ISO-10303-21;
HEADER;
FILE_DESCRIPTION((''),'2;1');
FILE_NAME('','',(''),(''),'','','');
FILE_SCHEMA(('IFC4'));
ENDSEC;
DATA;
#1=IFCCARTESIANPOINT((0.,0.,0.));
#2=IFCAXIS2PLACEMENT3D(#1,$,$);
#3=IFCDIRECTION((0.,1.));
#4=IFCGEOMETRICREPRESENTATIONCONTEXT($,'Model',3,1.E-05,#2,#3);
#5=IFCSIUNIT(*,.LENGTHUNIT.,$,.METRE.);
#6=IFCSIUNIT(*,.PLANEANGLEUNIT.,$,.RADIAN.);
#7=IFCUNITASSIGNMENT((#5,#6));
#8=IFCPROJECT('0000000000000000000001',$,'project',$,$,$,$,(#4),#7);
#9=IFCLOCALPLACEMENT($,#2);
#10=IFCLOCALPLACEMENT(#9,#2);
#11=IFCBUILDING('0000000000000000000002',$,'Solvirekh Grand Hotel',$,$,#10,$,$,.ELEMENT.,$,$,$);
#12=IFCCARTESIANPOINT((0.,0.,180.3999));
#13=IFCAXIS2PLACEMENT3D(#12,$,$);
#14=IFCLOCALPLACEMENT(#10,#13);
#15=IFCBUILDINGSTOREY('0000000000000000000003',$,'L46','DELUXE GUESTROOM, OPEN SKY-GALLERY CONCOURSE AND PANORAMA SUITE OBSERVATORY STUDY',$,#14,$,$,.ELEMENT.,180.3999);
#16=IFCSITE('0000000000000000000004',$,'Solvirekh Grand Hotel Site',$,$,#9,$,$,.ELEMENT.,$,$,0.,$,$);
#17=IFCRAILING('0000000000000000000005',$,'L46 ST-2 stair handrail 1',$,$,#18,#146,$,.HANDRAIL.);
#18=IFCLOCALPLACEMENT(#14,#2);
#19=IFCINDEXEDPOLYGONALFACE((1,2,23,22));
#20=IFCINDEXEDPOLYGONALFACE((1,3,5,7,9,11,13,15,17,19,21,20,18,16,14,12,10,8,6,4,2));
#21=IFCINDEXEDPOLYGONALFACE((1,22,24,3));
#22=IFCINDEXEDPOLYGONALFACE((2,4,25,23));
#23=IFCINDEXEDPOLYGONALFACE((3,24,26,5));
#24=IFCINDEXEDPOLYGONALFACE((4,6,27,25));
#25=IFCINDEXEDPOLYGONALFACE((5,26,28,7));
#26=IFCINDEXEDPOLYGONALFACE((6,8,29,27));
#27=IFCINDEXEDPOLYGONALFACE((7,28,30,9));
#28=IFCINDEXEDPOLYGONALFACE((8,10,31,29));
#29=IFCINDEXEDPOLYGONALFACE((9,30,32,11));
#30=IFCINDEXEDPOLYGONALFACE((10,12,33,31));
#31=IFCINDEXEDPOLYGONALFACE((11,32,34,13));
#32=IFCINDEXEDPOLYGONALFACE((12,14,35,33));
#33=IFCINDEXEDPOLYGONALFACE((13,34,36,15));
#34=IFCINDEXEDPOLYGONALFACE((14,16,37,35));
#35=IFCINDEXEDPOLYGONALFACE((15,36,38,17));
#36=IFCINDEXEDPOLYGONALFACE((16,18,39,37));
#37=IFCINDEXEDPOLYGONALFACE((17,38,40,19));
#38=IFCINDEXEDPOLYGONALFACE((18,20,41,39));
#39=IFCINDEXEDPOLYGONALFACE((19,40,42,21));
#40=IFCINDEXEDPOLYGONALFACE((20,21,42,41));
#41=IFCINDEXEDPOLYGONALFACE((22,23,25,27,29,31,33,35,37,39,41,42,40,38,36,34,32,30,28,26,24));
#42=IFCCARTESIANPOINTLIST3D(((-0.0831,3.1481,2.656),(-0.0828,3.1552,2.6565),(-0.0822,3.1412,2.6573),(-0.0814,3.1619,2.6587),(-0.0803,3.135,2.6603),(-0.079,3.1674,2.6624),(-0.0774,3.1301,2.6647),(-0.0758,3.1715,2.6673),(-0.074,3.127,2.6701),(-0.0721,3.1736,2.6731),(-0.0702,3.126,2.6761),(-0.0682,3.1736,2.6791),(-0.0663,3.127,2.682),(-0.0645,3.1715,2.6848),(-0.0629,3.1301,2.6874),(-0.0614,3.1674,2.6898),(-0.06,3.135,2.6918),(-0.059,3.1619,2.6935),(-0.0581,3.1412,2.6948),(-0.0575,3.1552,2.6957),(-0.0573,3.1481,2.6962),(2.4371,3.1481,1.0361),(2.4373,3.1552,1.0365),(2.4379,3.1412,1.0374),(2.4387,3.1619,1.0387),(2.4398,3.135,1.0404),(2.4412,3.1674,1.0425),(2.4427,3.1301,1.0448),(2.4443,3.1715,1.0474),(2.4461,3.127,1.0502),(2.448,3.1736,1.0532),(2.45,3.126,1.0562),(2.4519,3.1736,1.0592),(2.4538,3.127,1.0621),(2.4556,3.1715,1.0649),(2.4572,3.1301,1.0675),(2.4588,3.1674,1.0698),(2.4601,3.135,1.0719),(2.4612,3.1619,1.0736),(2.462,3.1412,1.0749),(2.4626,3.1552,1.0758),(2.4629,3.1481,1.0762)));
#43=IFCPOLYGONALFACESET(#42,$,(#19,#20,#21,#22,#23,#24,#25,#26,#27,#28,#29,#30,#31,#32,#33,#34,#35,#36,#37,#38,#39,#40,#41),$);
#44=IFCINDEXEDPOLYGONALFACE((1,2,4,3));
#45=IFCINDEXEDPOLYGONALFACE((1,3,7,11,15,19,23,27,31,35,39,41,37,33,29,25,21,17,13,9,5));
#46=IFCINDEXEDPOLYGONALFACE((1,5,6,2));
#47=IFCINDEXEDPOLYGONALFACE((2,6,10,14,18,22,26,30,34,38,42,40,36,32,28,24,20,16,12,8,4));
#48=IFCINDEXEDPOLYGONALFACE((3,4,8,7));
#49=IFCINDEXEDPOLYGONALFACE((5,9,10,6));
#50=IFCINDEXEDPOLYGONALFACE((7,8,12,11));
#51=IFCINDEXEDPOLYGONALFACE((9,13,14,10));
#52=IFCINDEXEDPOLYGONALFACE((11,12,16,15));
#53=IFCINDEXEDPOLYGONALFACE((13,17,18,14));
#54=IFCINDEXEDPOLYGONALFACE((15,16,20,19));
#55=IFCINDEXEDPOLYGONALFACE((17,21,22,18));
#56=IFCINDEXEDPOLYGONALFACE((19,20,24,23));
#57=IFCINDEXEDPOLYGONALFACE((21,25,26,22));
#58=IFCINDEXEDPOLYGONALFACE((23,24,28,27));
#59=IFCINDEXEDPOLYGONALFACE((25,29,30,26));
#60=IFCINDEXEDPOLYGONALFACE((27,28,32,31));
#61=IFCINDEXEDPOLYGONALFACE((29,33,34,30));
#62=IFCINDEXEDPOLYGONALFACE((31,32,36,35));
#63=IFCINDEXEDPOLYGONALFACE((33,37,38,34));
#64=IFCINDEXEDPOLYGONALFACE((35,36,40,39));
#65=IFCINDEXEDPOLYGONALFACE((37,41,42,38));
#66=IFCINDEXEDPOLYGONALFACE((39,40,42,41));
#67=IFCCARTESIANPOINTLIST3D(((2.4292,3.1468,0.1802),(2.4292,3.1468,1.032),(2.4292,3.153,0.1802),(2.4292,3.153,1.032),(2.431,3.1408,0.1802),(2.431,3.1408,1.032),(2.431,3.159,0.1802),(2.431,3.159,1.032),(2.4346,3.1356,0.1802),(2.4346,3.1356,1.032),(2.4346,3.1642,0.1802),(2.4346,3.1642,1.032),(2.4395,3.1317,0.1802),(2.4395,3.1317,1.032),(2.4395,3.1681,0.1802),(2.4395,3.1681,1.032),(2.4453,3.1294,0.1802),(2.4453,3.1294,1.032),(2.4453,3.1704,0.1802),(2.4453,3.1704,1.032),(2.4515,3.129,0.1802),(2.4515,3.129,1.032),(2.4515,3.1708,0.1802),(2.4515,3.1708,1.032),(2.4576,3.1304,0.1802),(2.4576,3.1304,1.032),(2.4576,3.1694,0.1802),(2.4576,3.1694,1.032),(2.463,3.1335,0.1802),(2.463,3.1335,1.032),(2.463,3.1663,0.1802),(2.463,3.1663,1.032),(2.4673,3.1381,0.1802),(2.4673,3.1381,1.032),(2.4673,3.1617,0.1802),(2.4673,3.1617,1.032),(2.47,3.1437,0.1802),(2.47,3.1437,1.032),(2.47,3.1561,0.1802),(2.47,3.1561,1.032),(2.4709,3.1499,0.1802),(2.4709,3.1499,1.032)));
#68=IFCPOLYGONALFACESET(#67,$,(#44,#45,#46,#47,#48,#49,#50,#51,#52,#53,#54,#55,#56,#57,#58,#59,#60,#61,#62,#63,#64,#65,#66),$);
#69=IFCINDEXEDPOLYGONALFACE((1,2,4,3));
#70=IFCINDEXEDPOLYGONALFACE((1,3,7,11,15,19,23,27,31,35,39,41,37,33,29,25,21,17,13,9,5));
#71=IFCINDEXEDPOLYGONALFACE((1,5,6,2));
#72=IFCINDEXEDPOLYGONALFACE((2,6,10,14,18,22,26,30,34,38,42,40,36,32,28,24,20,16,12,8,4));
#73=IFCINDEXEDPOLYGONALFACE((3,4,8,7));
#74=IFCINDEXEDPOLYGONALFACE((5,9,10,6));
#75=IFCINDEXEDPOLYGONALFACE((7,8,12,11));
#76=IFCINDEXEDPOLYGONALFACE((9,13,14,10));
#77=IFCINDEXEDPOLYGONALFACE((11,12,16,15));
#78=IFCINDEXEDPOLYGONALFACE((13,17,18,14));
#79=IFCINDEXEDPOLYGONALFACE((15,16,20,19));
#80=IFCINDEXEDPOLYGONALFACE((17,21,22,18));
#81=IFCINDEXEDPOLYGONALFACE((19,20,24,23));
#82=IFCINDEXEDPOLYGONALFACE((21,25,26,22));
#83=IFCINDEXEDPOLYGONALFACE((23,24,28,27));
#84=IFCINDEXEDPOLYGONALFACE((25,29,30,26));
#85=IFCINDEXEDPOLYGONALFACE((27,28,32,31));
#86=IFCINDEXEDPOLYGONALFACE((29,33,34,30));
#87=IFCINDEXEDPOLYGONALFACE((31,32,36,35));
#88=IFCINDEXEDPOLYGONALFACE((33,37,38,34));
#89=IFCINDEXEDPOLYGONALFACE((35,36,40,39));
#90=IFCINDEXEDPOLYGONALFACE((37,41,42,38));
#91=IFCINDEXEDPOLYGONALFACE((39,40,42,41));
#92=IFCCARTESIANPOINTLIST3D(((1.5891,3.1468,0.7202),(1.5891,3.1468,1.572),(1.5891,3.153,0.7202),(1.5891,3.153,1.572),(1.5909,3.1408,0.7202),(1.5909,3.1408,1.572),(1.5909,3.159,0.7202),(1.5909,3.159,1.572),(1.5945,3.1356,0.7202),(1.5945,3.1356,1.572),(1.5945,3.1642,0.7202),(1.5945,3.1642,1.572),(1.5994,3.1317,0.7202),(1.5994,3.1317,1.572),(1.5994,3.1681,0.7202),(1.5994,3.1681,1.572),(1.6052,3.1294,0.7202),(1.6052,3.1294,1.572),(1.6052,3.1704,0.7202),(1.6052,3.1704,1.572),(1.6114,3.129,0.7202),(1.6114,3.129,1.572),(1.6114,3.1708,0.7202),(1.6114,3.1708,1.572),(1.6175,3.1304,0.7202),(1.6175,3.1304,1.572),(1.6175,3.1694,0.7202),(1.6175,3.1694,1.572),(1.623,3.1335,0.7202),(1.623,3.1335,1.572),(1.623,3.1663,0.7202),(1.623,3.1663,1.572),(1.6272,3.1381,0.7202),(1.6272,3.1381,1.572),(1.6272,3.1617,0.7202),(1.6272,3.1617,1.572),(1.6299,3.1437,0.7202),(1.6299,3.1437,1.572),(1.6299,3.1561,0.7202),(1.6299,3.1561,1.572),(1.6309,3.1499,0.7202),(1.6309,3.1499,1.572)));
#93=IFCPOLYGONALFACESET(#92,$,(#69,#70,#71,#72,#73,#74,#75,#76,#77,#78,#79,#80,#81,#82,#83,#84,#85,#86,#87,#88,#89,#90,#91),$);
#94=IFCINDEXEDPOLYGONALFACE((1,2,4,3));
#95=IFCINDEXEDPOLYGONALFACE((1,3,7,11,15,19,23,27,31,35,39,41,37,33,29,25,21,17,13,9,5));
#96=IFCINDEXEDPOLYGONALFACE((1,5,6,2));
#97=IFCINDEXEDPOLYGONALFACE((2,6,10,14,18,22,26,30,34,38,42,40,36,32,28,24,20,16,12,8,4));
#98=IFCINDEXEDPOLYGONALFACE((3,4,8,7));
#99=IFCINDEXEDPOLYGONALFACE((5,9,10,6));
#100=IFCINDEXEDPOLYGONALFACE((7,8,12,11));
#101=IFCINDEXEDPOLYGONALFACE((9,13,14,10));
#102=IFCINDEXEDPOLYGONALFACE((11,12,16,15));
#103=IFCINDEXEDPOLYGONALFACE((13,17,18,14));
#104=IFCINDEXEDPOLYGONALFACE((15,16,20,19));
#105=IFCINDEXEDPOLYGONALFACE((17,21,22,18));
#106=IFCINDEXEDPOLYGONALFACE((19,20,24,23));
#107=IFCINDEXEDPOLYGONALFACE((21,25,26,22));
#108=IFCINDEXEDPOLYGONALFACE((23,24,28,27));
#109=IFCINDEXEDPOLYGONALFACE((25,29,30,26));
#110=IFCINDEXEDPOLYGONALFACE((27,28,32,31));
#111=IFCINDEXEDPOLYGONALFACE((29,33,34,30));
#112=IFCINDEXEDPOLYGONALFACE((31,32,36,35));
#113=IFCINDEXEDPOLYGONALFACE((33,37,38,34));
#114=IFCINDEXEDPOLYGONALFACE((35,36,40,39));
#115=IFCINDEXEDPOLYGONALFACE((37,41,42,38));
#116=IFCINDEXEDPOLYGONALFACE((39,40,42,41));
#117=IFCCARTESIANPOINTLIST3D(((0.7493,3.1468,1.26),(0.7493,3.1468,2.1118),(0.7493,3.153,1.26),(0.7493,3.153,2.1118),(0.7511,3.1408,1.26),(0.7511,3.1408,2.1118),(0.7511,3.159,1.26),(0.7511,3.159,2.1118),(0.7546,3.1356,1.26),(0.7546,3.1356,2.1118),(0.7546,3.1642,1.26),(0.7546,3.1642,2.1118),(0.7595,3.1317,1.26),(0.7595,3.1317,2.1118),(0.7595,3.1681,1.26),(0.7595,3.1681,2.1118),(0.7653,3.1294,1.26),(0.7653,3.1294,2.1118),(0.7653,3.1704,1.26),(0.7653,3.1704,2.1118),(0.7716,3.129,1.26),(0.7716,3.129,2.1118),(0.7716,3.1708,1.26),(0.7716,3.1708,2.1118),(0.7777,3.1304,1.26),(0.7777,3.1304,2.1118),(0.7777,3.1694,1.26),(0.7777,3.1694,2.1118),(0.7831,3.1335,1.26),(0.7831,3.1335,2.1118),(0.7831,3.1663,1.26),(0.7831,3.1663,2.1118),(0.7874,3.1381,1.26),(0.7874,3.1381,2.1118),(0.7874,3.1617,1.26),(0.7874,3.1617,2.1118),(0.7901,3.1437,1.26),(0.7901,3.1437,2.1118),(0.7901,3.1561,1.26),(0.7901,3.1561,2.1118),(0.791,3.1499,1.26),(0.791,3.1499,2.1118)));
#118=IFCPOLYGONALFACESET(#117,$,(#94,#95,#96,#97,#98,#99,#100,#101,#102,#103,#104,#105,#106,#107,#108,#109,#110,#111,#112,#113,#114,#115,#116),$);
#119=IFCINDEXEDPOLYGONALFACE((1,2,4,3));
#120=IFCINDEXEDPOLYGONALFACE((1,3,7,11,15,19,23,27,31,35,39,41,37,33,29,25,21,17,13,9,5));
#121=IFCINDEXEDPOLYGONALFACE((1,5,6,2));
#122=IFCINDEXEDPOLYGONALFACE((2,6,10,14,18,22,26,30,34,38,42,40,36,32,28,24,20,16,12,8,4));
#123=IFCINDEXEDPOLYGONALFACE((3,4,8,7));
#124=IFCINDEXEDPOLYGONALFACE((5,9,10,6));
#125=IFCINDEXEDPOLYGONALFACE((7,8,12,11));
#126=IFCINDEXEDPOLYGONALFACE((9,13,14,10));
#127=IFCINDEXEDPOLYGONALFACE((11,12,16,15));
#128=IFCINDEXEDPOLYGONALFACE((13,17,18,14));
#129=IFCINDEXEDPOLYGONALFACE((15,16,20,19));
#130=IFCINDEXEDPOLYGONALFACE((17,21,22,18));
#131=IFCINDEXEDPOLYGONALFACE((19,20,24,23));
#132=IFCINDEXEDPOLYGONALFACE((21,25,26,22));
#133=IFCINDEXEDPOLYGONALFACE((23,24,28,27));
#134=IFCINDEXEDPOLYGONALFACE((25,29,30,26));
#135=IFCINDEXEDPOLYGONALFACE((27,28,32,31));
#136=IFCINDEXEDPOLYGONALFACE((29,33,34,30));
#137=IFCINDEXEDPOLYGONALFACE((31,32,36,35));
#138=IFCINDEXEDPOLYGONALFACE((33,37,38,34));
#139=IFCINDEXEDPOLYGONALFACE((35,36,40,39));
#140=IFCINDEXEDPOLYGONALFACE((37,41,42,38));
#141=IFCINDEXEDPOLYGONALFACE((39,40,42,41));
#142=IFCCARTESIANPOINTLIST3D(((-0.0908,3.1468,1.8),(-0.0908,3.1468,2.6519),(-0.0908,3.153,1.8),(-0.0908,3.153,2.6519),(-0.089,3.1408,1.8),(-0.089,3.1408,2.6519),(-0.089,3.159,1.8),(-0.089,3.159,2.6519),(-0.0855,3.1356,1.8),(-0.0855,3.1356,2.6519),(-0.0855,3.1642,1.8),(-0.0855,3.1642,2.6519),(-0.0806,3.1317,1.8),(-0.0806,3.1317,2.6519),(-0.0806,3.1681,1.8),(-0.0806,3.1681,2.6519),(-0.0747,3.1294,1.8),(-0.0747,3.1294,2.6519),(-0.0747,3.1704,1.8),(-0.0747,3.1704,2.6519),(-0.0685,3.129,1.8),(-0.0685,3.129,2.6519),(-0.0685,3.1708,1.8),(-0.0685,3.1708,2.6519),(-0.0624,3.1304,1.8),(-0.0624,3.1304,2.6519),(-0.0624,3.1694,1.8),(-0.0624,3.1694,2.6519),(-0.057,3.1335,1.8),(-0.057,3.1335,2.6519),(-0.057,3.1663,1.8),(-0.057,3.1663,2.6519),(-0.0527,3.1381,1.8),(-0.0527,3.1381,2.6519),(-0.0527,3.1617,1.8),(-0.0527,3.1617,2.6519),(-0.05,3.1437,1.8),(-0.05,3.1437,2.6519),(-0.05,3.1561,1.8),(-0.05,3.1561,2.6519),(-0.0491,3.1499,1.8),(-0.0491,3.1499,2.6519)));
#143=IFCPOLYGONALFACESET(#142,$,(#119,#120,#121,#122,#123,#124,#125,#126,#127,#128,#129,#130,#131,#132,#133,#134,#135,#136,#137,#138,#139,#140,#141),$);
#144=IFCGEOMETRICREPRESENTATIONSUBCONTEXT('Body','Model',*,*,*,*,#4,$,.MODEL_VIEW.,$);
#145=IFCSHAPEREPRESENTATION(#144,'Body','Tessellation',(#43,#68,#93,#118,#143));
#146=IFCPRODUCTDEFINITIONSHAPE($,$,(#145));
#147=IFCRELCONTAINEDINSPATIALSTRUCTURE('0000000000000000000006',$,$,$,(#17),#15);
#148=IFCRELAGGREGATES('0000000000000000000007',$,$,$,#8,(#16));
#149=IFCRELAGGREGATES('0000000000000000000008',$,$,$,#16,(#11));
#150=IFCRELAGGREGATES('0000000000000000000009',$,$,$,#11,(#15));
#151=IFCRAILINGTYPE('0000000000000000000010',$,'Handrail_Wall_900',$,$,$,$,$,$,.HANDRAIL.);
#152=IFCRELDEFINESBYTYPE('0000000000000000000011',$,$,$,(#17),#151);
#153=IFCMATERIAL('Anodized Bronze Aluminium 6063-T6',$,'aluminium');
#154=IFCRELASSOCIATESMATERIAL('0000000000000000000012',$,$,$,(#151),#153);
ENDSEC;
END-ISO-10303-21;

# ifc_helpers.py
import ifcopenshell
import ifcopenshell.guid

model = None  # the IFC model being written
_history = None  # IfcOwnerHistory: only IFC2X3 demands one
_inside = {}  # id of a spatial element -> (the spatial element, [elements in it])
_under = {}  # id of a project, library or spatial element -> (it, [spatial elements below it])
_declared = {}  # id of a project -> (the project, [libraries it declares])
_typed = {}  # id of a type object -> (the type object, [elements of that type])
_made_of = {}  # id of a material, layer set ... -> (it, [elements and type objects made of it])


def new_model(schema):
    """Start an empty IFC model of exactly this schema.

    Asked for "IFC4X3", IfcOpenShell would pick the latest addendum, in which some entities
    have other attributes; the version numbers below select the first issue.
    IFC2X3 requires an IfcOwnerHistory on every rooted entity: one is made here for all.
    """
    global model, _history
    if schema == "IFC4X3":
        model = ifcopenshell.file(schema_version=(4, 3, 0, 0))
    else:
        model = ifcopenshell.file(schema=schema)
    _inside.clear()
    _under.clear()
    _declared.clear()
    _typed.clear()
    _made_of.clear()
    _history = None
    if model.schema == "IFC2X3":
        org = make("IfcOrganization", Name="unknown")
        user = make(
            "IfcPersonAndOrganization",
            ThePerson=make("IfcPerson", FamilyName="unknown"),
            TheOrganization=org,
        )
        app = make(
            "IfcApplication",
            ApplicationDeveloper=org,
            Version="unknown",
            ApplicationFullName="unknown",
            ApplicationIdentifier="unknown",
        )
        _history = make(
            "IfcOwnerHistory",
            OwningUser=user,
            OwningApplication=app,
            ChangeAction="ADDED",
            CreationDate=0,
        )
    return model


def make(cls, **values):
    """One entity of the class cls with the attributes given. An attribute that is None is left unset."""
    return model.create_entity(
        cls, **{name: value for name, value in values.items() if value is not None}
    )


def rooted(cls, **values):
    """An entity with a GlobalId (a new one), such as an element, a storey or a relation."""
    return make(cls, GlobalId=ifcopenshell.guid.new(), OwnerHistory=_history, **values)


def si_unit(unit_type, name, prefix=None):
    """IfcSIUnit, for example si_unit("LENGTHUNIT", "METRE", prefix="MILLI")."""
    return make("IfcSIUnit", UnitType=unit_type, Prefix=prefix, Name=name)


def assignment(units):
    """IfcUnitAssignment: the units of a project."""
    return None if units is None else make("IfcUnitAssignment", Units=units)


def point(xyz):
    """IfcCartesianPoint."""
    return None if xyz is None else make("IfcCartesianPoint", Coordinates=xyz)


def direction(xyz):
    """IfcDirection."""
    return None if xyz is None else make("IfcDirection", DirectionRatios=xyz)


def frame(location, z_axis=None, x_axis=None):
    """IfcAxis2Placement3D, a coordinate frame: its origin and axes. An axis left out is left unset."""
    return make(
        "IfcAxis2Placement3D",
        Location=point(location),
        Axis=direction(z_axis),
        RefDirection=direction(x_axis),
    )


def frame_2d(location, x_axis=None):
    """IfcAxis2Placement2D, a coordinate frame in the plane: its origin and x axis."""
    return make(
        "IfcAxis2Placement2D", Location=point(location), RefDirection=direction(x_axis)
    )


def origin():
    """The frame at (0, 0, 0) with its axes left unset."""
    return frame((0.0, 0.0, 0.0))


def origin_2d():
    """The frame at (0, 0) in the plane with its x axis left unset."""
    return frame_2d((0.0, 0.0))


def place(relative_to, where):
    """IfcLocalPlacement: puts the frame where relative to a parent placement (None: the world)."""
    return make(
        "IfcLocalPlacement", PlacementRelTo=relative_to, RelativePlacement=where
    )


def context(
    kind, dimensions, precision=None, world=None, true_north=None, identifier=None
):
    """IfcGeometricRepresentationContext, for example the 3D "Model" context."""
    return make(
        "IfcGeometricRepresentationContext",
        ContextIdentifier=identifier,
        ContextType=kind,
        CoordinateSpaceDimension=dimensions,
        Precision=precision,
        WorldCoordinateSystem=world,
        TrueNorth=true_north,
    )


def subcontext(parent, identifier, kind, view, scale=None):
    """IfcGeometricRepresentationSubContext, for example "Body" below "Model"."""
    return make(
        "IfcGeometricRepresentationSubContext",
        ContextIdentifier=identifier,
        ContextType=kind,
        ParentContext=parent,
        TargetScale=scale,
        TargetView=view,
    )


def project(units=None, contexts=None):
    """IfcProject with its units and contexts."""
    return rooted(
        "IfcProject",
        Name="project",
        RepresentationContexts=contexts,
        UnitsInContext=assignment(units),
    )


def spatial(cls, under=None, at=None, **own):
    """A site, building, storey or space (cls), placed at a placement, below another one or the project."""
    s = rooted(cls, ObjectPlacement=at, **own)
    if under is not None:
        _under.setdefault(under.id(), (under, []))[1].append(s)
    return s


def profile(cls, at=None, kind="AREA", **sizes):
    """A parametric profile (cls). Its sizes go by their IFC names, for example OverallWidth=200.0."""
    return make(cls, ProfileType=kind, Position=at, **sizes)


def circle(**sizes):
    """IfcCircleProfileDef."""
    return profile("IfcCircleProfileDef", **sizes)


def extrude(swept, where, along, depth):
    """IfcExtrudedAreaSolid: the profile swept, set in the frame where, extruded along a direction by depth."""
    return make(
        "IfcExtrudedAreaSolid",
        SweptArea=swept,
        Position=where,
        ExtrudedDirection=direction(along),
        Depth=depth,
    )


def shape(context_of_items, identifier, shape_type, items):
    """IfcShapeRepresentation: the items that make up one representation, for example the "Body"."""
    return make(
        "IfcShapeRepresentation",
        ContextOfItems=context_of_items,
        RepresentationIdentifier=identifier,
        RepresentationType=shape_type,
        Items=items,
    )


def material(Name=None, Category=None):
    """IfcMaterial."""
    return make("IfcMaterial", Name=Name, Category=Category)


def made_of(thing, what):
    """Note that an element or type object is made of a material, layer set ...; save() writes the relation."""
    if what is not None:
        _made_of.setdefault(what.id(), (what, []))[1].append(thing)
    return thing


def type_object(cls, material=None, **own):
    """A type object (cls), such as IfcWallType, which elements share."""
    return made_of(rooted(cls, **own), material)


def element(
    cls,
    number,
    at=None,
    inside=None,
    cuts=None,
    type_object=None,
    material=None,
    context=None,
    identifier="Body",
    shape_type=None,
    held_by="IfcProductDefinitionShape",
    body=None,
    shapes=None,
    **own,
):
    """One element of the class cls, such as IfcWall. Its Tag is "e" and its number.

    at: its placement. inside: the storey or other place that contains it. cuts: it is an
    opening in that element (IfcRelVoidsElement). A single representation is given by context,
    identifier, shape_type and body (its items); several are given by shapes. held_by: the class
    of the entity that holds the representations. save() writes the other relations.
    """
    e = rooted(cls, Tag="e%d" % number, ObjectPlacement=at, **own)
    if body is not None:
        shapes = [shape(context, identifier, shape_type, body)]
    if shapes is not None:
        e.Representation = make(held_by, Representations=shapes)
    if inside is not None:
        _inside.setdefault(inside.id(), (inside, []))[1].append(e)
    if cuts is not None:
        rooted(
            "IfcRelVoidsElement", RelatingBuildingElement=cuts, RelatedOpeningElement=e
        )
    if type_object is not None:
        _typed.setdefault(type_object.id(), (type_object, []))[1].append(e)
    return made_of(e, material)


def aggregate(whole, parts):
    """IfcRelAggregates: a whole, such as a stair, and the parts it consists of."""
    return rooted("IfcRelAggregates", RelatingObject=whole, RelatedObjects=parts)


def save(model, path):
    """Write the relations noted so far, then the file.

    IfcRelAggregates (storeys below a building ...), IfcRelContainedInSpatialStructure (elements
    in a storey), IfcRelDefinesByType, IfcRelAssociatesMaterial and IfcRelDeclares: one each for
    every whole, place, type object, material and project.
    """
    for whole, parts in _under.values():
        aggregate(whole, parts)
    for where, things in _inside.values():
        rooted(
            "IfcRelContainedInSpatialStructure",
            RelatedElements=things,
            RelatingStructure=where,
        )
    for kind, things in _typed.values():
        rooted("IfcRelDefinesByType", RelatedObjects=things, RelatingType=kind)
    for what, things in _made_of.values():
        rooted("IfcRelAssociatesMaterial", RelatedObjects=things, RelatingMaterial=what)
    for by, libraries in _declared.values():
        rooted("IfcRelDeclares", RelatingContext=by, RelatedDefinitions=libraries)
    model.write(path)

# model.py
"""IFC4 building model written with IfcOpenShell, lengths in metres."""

from ifc_helpers import new_model, si_unit, direction, frame, origin, origin_2d, place, context, subcontext, project, spatial, circle, extrude, material, type_object, element, save


model = new_model("IFC4")

# Units and contexts
model_context = context("Model", 3, precision=1e-05, world=origin(), true_north=direction((0.0, 1.0)))
body_context = subcontext(model_context, "Body", "Model", "MODEL_VIEW")
ifc_project = project(units=[si_unit("LENGTHUNIT", "METRE"), si_unit("PLANEANGLEUNIT", "RADIAN")], contexts=[model_context])

# Site, building, storey
site_placement = place(None, origin())
site = spatial("IfcSite", under=ifc_project, at=site_placement, Name="Solvirekh Grand Hotel Site", CompositionType="ELEMENT", RefElevation=0.0)
building_placement = place(site_placement, origin())
building = spatial("IfcBuilding", under=site, at=building_placement, Name="Solvirekh Grand Hotel", CompositionType="ELEMENT")
storey_placement = place(building_placement, frame((0.0, 0.0, 180.3999)))
storey = spatial("IfcBuildingStorey", under=building, at=storey_placement, Name="L46", Description="DELUXE GUESTROOM, OPEN SKY-GALLERY CONCOURSE AND PANORAMA SUITE OBSERVATORY STUDY", CompositionType="ELEMENT", Elevation=180.3999)

# Shared definitions
ifc_material_1 = material(Name="Anodized Bronze Aluminium 6063-T6", Category="aluminium")

# Railing
railing_type_1 = type_object("IfcRailingType", Name="Handrail_Wall_900", PredefinedType="HANDRAIL", material=ifc_material_1)
railing_1_placement = place(storey_placement, frame((2.45, 3.1499, 0.1802)))
element("IfcRailing", 1, at=railing_1_placement, inside=storey, type_object=railing_type_1, Name="L46 ST-2 stair handrail 1", PredefinedType="HANDRAIL", context=body_context, shape_type="SweptSolid", body=[
    extrude(circle(Radius=0.0239, at=origin_2d()), frame((0.0, 0.0, 0.876), z_axis=(-0.8412, 0.0, 0.540725), x_axis=(0.0, -1.0, 0.0)), (0.0, 0.0, 1.0), 2.9958),
    extrude(circle(Radius=0.021, at=origin_2d()), origin(), (0.0, 0.0, 1.0), 0.8518),
    extrude(circle(Radius=0.021, at=origin_2d()), frame((-0.8401, 0.0, 0.54)), (0.0, 0.0, 1.0), 0.8518),
    extrude(circle(Radius=0.021, at=origin_2d()), frame((-1.6799, 0.0, 1.0798)), (0.0, 0.0, 1.0), 0.8518),
    extrude(circle(Radius=0.021, at=origin_2d()), frame((-2.52, 0.0, 1.6199)), (0.0, 0.0, 1.0), 0.8518),
])

save(model, "model.ifc")
